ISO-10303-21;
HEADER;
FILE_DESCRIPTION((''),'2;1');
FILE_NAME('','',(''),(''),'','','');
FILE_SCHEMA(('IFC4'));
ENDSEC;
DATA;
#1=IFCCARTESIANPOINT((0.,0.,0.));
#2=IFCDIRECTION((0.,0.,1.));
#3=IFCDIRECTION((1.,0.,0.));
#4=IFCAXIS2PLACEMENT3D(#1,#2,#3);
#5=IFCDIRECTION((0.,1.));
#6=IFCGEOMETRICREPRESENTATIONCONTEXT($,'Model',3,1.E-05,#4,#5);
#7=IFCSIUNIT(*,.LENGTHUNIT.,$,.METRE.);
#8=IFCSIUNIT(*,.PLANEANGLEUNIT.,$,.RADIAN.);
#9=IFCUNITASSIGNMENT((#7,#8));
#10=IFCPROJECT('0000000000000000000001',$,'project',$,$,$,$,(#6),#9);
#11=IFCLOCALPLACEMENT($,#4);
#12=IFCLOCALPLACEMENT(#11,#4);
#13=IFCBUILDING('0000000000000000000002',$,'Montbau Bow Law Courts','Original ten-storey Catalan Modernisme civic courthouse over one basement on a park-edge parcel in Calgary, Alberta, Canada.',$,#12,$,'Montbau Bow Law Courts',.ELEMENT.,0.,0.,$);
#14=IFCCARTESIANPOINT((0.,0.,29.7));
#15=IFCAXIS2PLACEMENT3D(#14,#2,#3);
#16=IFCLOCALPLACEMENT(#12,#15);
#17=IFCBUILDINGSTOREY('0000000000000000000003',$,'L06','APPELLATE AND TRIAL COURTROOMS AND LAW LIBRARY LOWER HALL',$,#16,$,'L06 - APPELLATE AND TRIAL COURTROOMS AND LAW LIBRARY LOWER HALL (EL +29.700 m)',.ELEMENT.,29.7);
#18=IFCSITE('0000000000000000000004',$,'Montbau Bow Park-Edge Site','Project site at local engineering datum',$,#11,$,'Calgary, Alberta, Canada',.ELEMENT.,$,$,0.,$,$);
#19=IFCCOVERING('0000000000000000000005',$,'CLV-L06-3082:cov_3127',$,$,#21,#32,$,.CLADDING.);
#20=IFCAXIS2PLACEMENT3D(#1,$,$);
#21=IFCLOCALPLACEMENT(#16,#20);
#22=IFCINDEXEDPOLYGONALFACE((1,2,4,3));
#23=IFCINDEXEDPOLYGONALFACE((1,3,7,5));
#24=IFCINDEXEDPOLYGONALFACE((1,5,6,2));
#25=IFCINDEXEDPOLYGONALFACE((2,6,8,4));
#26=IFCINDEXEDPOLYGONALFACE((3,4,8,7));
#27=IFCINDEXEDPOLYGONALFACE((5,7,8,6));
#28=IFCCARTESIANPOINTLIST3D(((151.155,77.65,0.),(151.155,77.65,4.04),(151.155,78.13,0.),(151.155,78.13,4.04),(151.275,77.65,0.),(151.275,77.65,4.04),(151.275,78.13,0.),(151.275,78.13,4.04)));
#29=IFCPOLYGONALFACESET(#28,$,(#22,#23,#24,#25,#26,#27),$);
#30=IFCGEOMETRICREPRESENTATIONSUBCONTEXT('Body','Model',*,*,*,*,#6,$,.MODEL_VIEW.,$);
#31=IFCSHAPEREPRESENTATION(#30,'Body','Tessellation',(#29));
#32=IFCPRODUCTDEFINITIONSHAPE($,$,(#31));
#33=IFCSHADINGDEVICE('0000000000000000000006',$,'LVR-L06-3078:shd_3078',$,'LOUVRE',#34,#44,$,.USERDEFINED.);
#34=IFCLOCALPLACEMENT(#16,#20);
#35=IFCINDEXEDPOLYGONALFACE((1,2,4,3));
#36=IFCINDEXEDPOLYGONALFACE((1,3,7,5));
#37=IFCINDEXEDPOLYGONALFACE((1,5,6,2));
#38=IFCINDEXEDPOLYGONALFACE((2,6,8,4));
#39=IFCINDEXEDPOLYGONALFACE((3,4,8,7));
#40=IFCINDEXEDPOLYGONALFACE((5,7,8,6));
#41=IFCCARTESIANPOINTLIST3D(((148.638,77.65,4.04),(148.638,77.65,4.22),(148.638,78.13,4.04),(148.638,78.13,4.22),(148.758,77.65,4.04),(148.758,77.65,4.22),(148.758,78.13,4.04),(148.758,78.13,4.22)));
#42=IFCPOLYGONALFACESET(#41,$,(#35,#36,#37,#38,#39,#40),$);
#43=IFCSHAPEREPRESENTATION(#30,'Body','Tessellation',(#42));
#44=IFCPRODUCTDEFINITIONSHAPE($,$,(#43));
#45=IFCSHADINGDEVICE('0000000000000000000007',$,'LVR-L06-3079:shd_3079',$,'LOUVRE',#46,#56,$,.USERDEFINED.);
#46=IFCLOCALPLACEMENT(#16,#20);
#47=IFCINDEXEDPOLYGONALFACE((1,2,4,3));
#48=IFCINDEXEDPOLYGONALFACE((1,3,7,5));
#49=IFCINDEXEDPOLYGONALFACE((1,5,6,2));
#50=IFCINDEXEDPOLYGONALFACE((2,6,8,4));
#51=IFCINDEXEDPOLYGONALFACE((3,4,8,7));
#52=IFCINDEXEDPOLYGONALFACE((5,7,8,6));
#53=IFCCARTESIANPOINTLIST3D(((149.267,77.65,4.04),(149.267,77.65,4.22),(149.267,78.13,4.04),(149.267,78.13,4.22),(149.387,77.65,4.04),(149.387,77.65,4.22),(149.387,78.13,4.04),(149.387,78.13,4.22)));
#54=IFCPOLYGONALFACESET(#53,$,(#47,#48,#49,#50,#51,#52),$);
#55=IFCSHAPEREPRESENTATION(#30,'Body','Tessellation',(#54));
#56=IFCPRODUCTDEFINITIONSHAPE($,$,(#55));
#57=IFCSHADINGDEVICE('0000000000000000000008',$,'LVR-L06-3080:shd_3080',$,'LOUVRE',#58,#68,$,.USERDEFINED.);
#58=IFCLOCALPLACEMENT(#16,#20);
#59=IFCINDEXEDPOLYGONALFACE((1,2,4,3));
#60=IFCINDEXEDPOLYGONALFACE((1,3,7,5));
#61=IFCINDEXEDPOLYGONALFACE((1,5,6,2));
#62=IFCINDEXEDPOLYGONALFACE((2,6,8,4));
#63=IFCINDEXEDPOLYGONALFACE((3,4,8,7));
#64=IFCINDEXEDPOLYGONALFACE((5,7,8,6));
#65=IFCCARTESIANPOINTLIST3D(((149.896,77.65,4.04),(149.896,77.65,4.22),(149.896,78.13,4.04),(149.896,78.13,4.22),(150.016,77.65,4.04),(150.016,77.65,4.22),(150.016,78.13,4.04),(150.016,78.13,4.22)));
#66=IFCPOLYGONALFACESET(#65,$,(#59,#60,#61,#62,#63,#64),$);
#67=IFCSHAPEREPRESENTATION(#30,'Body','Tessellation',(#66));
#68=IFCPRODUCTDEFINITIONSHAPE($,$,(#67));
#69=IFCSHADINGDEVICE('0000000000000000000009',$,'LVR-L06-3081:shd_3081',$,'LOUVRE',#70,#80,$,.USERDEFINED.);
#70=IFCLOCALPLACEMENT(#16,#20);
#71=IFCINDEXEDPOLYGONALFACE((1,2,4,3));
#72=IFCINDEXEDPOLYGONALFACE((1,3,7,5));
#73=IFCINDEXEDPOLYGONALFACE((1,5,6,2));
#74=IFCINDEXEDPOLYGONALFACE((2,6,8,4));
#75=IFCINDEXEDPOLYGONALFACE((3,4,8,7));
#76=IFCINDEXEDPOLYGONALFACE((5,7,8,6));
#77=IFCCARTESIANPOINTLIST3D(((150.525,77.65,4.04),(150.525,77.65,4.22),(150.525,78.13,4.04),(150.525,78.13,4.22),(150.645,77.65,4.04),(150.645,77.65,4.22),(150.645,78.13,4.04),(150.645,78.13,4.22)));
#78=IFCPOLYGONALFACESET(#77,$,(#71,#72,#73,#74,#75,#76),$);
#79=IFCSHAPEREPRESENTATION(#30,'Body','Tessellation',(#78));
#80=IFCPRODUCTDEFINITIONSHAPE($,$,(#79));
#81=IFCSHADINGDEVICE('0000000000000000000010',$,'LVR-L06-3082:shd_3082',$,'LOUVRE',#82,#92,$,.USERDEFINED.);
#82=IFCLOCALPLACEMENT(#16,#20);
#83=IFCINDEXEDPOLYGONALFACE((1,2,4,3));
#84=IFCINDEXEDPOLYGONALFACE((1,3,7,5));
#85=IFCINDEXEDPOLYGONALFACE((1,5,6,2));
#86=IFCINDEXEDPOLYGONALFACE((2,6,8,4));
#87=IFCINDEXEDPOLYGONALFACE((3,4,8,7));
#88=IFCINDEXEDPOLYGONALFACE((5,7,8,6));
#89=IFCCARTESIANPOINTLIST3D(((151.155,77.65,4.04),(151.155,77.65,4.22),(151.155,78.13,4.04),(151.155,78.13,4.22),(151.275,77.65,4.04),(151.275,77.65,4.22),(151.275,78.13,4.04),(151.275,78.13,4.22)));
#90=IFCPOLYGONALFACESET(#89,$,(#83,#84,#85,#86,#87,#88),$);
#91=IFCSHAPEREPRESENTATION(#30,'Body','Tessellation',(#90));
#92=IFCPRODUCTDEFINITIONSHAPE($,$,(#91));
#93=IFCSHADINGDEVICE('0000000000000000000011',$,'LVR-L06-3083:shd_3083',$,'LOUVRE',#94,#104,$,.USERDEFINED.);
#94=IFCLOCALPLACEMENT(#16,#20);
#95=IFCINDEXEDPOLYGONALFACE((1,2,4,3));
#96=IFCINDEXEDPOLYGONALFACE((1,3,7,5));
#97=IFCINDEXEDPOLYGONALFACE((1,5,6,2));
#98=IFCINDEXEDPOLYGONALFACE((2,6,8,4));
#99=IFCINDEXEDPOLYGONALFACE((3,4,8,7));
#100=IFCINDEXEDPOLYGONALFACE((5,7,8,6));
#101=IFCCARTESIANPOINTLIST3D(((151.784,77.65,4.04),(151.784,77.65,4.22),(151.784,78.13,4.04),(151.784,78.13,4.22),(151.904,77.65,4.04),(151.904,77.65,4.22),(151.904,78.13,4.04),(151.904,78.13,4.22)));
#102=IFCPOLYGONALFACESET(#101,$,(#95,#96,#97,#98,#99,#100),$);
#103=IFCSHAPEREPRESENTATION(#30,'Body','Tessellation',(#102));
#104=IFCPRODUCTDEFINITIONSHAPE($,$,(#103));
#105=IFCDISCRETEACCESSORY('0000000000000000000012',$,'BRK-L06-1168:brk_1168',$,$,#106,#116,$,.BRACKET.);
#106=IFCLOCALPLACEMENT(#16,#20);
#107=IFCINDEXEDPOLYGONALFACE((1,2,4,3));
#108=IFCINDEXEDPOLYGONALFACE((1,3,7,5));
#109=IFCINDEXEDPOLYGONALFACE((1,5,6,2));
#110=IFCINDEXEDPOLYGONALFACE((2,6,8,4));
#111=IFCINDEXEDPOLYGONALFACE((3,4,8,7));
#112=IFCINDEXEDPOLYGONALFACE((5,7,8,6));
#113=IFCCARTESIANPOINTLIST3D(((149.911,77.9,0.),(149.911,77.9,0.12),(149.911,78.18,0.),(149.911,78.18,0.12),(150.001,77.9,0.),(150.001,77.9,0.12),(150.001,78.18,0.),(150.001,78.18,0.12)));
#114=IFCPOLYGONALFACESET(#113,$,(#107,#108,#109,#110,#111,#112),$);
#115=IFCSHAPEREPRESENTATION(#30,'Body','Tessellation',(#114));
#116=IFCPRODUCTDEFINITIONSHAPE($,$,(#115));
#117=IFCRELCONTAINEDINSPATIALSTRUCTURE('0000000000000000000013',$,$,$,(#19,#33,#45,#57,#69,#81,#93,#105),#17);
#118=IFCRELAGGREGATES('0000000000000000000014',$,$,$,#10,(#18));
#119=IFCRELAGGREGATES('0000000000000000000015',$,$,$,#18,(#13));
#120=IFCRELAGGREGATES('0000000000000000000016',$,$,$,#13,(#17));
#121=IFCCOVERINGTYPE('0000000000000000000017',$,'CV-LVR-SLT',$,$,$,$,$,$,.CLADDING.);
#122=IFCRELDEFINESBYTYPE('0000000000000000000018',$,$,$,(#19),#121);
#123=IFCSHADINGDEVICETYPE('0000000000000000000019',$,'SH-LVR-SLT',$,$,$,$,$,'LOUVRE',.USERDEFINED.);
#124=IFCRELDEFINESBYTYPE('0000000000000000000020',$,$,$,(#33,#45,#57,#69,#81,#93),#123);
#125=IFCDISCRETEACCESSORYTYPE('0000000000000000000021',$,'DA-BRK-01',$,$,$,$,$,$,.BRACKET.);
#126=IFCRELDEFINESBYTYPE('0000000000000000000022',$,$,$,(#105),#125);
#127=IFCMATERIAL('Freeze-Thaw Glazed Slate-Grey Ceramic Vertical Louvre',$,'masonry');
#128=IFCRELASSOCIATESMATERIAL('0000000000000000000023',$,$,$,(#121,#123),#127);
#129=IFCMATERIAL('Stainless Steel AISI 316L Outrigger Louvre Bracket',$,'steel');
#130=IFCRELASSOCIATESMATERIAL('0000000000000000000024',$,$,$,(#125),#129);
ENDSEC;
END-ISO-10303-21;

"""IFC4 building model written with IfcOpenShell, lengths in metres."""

from ifc_helpers import new_model, si_unit, direction, frame, frame_2d, origin_with_axes, origin_2d_with_axis, place, context, subcontext, project, spatial, rectangle, extrude, material, type_object, element, save


model = new_model("IFC4")

# Units and contexts
model_context = context("Model", 3, precision=1e-05, world=origin_with_axes(), true_north=direction((0.0, 1.0)))
body_context = subcontext(model_context, "Body", "Model", "MODEL_VIEW")
ifc_project = project(units=[si_unit("LENGTHUNIT", "METRE"), si_unit("PLANEANGLEUNIT", "RADIAN")], contexts=[model_context])

# Site, building, storey
site_placement = place(None, origin_with_axes())
site = spatial("IfcSite", under=ifc_project, at=site_placement, Name="Montbau Bow Park-Edge Site", Description="Project site at local engineering datum", LongName="Calgary, Alberta, Canada", CompositionType="ELEMENT", RefElevation=0.0)
building_placement = place(site_placement, origin_with_axes())
building = spatial("IfcBuilding", under=site, at=building_placement, Name="Montbau Bow Law Courts", Description="Original ten-storey Catalan Modernisme civic courthouse over one basement on a park-edge parcel in Calgary, Alberta, Canada.", LongName="Montbau Bow Law Courts", CompositionType="ELEMENT", ElevationOfRefHeight=0.0, ElevationOfTerrain=0.0)
storey_placement = place(building_placement, frame((0.0, 0.0, 29.7), z_axis=(0.0, 0.0, 1.0), x_axis=(1.0, 0.0, 0.0)))
storey = spatial("IfcBuildingStorey", under=building, at=storey_placement, Name="L06", Description="APPELLATE AND TRIAL COURTROOMS AND LAW LIBRARY LOWER HALL", LongName="L06 - APPELLATE AND TRIAL COURTROOMS AND LAW LIBRARY LOWER HALL (EL +29.700 m)", CompositionType="ELEMENT", Elevation=29.7)

# Covering
ifc_material_1 = material(Name="Freeze-Thaw Glazed Slate-Grey Ceramic Vertical Louvre", Category="masonry")
covering_type = type_object("IfcCoveringType", Name="CV-LVR-SLT", PredefinedType="CLADDING", material=ifc_material_1)
for number, where, z_axis, x_axis, name in (
    (1, (151.215, 78.13, 29.7), (-1.0, 0.0, 0.0), (0.0, -1.0, 0.0), "CLV-L06-3082:cov_3127"),
):
    element("IfcCovering", number, at=place(None, frame(where, z_axis=z_axis, x_axis=x_axis)), inside=storey, type_object=covering_type, Name=name, PredefinedType="CLADDING", context=body_context, shape_type="SweptSolid", body=[
        extrude(rectangle(XDim=0.48, YDim=4.04, at=frame_2d((0.24, 2.02), x_axis=(1.0, 0.0))), frame((0.0, 0.0, -0.06), z_axis=(0.0, 0.0, 1.0), x_axis=(1.0, 0.0, 0.0)), (0.0, 0.0, 1.0), 0.12),
    ])

# Shading devices
shading_device_type = type_object("IfcShadingDeviceType", Name="SH-LVR-SLT", ElementType="LOUVRE", PredefinedType="USERDEFINED", material=ifc_material_1)
for number, where, z_axis, x_axis, name in (
    (2, (148.698, 77.89, 33.74), (0.0, 0.0, 1.0), (0.0, -1.0, 0.0), "LVR-L06-3078:shd_3078"),
    (3, (149.327, 77.89, 33.74), (0.0, 0.0, 1.0), (0.0, -1.0, 0.0), "LVR-L06-3079:shd_3079"),
    (4, (149.956, 77.89, 33.74), (0.0, 0.0, 1.0), (0.0, -1.0, 0.0), "LVR-L06-3080:shd_3080"),
    (5, (150.585, 77.89, 33.74), (0.0, 0.0, 1.0), (0.0, -1.0, 0.0), "LVR-L06-3081:shd_3081"),
    (6, (151.215, 77.89, 33.74), (0.0, 0.0, 1.0), (0.0, -1.0, 0.0), "LVR-L06-3082:shd_3082"),
    (7, (151.844, 77.89, 33.74), (0.0, 0.0, 1.0), (0.0, -1.0, 0.0), "LVR-L06-3083:shd_3083"),
):
    element("IfcShadingDevice", number, at=place(None, frame(where, z_axis=z_axis, x_axis=x_axis)), inside=storey, type_object=shading_device_type, Name=name, ObjectType="LOUVRE", PredefinedType="USERDEFINED", context=body_context, shape_type="SweptSolid", body=[
        extrude(rectangle(XDim=0.48, YDim=0.12, at=origin_2d_with_axis()), origin_with_axes(), (0.0, 0.0, 1.0), 0.18),
    ])

# Discrete accessory
ifc_material_2 = material(Name="Stainless Steel AISI 316L Outrigger Louvre Bracket", Category="steel")
discrete_accessory_type = type_object("IfcDiscreteAccessoryType", Name="DA-BRK-01", PredefinedType="BRACKET", material=ifc_material_2)
discrete_accessory_placement = place(None, frame((149.956, 78.04, 29.7), z_axis=(0.0, 0.0, 1.0), x_axis=(0.0, -1.0, 0.0)))
element("IfcDiscreteAccessory", 8, at=discrete_accessory_placement, inside=storey, type_object=discrete_accessory_type, Name="BRK-L06-1168:brk_1168", PredefinedType="BRACKET", context=body_context, shape_type="SweptSolid", body=[
    extrude(rectangle(XDim=0.28, YDim=0.09, at=origin_2d_with_axis()), origin_with_axes(), (0.0, 0.0, 1.0), 0.12),
])

save(model, "model.ifc")
